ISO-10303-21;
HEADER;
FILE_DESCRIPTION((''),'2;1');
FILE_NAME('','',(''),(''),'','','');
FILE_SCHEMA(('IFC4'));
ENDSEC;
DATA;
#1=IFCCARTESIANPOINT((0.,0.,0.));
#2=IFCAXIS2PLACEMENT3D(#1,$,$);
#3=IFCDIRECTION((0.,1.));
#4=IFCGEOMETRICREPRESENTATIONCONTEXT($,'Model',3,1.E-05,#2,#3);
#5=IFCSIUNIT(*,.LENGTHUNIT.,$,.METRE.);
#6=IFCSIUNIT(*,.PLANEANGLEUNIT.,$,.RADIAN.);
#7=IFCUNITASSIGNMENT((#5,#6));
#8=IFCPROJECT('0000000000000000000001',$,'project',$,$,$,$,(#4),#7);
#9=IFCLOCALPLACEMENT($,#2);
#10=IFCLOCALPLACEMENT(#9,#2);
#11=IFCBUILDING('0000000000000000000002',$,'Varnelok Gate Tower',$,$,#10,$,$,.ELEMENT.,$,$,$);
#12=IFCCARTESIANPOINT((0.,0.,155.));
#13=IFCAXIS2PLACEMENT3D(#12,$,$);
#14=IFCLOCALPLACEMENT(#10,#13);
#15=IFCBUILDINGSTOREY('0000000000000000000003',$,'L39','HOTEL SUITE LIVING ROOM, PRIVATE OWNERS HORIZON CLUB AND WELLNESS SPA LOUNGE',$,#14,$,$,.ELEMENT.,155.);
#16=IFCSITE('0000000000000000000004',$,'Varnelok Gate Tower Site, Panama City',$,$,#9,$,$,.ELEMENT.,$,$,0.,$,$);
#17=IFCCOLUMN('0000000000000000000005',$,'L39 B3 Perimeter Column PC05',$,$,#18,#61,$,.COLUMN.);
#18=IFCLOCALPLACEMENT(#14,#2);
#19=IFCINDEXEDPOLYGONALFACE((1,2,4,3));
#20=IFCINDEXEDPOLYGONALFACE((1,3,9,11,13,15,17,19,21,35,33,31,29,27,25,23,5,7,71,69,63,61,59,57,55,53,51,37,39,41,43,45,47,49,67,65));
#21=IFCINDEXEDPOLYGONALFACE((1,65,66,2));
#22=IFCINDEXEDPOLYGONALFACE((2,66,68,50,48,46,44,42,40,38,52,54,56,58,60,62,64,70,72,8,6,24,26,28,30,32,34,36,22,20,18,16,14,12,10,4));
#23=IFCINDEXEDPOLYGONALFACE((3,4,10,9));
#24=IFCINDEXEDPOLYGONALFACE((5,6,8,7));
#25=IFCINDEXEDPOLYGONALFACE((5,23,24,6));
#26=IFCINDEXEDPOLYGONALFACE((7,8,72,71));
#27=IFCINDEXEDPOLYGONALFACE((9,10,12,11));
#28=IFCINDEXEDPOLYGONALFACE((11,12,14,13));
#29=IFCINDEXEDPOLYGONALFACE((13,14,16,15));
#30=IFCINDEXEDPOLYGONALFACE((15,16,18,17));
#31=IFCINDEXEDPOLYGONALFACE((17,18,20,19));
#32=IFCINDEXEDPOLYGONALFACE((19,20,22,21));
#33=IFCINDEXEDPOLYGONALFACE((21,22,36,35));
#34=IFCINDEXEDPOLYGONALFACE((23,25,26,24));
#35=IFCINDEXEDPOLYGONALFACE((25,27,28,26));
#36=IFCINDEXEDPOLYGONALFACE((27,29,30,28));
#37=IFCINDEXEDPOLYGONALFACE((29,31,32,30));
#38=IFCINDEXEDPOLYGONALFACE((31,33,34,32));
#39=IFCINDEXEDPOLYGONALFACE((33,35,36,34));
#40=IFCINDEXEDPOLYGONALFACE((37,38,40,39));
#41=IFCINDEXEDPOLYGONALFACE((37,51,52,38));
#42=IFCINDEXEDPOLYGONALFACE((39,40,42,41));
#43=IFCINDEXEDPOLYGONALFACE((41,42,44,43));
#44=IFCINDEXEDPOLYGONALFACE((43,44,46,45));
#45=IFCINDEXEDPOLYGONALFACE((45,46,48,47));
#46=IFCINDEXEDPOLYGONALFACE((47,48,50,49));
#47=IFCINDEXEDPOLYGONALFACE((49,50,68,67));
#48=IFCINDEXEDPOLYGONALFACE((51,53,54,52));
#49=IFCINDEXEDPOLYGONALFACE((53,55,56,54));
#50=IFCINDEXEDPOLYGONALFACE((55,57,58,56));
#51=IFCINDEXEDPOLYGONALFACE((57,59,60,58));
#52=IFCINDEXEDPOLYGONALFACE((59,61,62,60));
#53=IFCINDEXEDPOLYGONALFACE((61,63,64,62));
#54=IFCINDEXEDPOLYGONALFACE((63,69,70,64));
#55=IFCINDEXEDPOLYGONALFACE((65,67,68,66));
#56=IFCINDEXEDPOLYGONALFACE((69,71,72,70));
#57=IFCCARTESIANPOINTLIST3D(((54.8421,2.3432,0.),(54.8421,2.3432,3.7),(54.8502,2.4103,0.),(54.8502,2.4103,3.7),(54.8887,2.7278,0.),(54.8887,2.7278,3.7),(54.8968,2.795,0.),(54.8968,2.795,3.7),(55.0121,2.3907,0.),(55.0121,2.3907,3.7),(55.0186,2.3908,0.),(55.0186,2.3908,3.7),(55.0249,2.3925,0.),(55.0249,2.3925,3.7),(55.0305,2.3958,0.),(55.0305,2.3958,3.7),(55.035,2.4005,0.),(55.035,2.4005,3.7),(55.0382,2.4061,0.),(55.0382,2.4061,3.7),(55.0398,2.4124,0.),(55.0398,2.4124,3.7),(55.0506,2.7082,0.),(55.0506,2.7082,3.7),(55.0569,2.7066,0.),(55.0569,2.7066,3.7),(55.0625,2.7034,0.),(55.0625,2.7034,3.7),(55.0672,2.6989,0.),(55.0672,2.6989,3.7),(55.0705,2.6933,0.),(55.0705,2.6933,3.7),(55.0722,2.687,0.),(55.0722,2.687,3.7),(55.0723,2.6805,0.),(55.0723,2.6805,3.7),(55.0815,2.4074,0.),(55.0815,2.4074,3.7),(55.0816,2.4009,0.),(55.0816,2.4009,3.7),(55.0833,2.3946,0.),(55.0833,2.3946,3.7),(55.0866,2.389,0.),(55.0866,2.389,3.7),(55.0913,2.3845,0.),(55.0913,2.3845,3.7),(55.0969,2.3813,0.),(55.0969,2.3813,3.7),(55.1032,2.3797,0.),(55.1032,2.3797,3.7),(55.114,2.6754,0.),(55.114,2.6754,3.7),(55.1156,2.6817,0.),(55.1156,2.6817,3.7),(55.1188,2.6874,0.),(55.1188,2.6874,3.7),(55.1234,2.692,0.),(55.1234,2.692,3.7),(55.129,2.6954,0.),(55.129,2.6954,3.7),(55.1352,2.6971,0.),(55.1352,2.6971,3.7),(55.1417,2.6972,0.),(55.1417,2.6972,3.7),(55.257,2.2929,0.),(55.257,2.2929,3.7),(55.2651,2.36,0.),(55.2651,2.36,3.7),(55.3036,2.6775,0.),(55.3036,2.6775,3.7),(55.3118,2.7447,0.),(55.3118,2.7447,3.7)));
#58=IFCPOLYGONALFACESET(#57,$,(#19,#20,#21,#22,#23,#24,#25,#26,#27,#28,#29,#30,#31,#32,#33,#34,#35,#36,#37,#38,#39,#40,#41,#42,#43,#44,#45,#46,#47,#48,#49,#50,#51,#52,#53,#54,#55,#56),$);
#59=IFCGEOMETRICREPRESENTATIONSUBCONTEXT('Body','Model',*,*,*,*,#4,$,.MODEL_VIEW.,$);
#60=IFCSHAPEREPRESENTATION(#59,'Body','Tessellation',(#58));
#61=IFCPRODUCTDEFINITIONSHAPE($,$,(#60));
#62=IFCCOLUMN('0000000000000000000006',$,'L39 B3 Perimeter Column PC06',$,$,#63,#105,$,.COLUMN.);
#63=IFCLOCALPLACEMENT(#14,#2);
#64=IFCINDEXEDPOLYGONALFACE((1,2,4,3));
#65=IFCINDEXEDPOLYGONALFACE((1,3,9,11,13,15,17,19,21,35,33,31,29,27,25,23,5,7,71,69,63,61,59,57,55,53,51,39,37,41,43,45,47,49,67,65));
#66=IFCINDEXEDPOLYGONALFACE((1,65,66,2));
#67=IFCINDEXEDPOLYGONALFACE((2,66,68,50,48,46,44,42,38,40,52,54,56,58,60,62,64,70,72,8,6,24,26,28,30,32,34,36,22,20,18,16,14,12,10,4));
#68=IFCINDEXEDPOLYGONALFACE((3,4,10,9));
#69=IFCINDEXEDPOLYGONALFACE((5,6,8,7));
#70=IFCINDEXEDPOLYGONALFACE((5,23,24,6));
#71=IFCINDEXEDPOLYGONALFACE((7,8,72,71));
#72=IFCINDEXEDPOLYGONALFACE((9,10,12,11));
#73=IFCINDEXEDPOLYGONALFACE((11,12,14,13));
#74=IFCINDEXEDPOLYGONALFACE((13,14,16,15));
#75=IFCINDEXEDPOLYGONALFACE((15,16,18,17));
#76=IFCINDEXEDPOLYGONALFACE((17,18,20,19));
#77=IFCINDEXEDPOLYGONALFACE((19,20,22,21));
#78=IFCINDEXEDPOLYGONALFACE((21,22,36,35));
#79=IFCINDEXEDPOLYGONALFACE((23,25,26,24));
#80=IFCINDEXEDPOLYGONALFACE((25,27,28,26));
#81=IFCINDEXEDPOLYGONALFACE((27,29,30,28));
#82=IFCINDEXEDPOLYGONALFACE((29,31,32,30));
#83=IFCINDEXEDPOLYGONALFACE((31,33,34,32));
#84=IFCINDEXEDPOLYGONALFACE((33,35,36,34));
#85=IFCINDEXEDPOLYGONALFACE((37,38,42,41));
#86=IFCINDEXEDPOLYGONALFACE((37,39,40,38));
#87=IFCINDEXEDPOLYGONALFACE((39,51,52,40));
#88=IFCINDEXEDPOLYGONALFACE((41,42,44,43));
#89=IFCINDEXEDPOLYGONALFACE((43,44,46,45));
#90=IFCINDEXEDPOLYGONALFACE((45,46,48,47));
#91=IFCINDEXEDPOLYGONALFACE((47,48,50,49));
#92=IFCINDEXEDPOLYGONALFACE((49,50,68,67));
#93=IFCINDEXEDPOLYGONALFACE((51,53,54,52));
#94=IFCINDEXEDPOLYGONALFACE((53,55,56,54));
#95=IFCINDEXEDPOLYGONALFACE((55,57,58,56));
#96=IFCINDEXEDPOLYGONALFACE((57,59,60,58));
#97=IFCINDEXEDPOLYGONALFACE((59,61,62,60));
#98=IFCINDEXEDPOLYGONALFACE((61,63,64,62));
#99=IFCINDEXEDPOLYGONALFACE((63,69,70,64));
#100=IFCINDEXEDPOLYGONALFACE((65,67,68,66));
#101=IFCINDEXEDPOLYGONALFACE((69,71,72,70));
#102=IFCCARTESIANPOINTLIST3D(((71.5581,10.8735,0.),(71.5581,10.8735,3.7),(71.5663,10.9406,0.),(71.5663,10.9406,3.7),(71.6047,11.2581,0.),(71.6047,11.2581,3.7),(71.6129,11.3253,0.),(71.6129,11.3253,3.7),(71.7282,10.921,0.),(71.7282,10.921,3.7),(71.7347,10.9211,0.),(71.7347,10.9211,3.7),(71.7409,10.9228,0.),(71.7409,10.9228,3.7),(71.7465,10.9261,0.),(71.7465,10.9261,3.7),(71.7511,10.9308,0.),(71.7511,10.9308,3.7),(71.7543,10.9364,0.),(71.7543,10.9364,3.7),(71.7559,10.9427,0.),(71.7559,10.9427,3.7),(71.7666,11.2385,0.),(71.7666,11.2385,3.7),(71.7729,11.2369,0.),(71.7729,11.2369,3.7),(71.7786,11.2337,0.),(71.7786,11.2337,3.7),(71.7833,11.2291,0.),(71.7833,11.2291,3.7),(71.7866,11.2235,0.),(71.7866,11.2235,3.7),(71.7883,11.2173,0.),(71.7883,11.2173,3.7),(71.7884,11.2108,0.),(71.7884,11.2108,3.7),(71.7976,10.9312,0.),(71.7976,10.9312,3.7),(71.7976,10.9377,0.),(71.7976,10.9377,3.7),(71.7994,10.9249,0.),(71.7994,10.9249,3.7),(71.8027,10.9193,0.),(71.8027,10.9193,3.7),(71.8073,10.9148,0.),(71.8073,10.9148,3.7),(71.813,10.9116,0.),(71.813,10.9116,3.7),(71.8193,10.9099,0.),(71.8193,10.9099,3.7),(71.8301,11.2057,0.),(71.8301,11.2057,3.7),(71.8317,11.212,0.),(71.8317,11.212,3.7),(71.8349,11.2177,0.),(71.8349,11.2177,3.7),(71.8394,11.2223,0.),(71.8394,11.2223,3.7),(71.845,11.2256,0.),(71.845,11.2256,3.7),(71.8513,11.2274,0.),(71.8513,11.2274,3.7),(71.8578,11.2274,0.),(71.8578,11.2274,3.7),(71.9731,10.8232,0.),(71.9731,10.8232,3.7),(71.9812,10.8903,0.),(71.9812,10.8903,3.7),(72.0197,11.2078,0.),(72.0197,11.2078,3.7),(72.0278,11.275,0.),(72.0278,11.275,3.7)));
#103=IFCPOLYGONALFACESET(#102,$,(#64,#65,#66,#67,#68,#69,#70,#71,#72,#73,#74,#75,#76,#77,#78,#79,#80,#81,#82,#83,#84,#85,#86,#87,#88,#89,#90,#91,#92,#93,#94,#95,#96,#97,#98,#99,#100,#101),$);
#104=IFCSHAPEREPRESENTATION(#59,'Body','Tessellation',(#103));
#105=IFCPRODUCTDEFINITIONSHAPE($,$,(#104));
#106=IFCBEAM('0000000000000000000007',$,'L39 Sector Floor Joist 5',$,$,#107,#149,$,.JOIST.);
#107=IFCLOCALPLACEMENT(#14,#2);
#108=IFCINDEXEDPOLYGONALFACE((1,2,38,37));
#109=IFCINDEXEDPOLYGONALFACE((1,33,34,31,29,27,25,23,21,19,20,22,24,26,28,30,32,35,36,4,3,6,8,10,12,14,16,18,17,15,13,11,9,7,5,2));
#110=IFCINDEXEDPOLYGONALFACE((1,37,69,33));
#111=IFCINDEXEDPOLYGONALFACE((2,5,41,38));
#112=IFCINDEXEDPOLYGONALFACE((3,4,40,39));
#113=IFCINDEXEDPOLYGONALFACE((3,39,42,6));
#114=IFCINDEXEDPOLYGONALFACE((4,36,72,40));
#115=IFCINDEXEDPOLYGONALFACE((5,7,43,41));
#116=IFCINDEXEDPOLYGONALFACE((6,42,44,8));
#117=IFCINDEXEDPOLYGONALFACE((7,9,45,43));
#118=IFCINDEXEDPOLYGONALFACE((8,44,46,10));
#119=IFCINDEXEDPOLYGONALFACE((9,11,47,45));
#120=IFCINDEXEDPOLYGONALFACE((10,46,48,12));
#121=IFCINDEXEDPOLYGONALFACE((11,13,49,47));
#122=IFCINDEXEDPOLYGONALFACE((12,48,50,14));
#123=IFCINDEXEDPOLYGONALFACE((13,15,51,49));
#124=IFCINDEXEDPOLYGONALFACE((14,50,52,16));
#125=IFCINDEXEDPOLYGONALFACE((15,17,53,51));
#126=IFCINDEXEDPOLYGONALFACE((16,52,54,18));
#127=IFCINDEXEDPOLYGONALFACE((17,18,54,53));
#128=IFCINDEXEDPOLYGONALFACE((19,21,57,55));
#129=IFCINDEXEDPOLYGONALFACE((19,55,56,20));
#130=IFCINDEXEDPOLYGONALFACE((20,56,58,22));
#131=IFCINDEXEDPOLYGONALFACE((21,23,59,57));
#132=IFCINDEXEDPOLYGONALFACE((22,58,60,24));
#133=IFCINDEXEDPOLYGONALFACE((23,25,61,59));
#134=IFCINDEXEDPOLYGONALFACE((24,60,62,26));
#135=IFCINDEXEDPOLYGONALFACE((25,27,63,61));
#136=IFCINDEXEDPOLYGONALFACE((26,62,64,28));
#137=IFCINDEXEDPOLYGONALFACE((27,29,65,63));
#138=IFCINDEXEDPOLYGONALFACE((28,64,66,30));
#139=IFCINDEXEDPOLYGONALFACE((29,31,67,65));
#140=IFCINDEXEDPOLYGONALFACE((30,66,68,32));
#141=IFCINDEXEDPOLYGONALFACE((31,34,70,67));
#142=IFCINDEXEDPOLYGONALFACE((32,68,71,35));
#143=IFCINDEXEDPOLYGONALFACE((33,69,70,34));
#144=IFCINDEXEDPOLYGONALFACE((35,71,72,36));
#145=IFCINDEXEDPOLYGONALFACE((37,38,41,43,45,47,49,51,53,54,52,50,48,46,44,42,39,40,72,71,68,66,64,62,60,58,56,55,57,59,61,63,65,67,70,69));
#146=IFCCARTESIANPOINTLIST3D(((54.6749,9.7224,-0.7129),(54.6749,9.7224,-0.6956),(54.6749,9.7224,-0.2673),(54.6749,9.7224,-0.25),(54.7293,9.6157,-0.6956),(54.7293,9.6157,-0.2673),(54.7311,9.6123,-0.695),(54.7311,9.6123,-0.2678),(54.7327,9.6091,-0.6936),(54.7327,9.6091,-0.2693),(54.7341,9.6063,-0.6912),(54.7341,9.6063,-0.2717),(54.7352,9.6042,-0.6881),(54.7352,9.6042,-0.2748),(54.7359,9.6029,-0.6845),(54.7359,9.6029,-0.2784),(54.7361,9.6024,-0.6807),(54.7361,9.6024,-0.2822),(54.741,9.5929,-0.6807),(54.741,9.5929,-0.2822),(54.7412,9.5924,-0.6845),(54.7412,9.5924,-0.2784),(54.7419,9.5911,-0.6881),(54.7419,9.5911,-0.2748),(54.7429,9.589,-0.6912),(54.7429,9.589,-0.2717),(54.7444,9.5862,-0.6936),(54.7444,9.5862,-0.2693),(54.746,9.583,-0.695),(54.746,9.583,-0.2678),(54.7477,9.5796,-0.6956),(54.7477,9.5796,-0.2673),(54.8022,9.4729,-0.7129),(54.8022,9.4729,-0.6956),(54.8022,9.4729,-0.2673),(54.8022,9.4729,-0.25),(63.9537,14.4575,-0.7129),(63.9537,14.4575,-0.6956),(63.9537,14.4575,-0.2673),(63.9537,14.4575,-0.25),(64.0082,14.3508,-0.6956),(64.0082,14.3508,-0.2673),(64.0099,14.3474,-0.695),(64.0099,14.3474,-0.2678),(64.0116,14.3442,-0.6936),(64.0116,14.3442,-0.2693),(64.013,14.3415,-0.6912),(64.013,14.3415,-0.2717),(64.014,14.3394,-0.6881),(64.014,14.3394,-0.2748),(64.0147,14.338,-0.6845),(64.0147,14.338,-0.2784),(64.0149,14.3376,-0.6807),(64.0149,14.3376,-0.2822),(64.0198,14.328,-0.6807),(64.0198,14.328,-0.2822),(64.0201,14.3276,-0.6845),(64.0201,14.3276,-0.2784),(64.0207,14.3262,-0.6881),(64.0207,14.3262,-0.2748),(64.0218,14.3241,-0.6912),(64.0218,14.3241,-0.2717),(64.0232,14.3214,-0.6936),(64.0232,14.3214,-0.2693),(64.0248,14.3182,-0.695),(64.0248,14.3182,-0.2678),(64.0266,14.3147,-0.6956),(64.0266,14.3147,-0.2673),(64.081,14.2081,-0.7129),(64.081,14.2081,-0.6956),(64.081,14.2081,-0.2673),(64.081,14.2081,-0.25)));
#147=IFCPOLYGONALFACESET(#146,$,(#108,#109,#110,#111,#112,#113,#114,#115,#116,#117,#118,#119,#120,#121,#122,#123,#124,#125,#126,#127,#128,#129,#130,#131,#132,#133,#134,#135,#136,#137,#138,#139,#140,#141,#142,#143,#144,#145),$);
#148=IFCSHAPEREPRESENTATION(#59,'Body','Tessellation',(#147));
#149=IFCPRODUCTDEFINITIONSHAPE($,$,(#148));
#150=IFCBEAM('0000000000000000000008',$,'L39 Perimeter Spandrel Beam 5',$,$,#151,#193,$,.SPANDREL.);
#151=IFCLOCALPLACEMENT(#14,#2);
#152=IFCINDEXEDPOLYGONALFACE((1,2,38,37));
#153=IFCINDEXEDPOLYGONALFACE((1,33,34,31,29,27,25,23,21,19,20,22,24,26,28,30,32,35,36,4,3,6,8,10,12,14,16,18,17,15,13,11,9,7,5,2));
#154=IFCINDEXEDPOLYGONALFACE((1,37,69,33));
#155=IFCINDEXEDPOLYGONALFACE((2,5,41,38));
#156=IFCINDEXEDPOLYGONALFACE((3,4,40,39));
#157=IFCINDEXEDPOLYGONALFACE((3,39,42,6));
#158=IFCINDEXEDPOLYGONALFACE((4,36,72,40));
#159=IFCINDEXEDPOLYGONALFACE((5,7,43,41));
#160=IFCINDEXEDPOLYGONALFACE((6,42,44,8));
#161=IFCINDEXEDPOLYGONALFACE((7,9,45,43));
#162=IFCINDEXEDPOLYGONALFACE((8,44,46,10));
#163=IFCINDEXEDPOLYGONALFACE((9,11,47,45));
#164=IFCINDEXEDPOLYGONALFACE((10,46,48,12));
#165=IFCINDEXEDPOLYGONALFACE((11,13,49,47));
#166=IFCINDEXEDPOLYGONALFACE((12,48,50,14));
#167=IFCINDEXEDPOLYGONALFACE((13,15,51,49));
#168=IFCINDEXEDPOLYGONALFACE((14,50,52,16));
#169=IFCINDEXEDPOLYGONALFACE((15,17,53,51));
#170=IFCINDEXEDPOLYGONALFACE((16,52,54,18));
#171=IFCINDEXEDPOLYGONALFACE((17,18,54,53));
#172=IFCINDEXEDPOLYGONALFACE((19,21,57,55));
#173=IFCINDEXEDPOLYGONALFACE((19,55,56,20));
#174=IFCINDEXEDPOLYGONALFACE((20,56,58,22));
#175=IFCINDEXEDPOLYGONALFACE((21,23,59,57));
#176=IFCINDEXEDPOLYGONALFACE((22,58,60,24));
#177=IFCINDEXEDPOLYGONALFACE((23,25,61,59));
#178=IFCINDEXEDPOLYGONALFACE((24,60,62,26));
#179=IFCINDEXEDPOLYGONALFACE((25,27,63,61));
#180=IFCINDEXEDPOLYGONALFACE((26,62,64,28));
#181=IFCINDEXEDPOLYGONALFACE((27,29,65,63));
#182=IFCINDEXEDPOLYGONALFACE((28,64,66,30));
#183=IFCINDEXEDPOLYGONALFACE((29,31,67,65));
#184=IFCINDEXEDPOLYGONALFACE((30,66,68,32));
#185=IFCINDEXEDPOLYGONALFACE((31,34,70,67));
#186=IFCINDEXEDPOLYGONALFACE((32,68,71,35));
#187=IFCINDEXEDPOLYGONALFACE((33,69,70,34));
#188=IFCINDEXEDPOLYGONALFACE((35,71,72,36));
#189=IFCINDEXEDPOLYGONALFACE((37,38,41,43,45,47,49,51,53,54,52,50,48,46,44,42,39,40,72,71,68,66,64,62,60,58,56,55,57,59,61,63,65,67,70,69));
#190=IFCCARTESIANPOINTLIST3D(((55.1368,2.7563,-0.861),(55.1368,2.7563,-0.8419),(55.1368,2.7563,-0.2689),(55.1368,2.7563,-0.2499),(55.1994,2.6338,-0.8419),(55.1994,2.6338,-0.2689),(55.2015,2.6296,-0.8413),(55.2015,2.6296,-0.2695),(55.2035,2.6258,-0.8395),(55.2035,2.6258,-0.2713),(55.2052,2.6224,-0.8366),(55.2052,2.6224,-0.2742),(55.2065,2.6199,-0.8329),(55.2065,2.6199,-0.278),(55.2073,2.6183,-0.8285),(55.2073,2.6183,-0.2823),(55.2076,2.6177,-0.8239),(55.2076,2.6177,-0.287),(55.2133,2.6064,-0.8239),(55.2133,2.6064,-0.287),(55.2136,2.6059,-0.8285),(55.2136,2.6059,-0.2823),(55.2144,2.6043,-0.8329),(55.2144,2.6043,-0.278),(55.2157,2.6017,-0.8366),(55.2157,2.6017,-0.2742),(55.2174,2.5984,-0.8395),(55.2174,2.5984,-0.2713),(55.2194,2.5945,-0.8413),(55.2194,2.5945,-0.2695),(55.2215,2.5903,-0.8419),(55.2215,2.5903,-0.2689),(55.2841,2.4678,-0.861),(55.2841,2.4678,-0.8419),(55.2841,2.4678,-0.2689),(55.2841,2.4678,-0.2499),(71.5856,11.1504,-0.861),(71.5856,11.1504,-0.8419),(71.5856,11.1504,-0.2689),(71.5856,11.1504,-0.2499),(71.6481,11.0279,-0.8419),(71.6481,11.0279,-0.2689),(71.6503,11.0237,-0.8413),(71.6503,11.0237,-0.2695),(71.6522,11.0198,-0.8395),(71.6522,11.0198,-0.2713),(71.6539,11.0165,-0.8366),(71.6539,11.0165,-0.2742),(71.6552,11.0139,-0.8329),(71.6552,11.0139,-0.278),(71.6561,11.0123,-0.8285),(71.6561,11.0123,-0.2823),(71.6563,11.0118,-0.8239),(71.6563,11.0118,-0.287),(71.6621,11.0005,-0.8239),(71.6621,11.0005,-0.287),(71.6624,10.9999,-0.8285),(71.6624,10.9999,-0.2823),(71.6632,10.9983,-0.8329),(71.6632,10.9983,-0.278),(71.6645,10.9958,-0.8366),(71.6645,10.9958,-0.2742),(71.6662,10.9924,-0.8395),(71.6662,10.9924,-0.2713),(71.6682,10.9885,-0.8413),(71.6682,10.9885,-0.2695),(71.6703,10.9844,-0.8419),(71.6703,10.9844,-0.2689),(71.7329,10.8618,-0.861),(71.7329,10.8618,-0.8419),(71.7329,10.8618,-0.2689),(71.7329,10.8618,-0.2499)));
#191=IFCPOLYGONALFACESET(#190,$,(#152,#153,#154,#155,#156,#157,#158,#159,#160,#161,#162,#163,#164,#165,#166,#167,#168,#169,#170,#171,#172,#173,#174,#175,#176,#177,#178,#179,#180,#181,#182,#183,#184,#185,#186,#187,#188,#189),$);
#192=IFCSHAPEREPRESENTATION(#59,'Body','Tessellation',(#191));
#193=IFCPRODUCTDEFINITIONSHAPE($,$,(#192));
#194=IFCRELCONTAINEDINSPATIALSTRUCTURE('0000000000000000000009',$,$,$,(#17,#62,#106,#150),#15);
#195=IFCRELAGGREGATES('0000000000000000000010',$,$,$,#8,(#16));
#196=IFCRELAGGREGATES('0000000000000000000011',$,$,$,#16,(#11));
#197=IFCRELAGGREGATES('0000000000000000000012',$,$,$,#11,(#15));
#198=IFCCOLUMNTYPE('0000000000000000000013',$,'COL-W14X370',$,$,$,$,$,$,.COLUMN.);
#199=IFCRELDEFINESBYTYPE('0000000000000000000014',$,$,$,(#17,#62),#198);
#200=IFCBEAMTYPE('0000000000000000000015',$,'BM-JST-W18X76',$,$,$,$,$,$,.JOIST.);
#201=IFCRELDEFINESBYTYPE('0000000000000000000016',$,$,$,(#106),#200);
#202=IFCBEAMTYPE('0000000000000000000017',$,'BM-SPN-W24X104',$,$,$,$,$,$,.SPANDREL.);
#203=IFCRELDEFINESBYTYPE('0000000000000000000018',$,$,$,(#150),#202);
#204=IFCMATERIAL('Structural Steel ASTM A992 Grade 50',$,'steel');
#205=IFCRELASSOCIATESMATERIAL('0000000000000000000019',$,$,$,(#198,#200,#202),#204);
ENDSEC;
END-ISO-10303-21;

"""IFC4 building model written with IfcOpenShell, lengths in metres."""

from ifc_helpers import new_model, si_unit, direction, frame, origin, origin_2d, place, context, subcontext, project, spatial, i_section, extrude, material, material_profile, profile_set, type_object, element, save


model = new_model("IFC4")

# Units and contexts
model_context = context("Model", 3, precision=1e-05, world=origin(), true_north=direction((0.0, 1.0)))
body_context = subcontext(model_context, "Body", "Model", "MODEL_VIEW")
ifc_project = project(units=[si_unit("LENGTHUNIT", "METRE"), si_unit("PLANEANGLEUNIT", "RADIAN")], contexts=[model_context])

# Site, building, storey
site_placement = place(None, origin())
site = spatial("IfcSite", under=ifc_project, at=site_placement, Name="Varnelok Gate Tower Site, Panama City", CompositionType="ELEMENT", RefElevation=0.0)
building_placement = place(site_placement, origin())
building = spatial("IfcBuilding", under=site, at=building_placement, Name="Varnelok Gate Tower", CompositionType="ELEMENT")
storey_placement = place(building_placement, frame((0.0, 0.0, 155.0)))
storey = spatial("IfcBuildingStorey", under=building, at=storey_placement, Name="L39", Description="HOTEL SUITE LIVING ROOM, PRIVATE OWNERS HORIZON CLUB AND WELLNESS SPA LOUNGE", CompositionType="ELEMENT", Elevation=155.0)

# Columns
ifc_material_1 = material(Name="Structural Steel ASTM A992 Grade 50", Category="steel")
ifc_material_profile_1 = material_profile(ifc_material_1, i_section(OverallWidth=0.418, OverallDepth=0.4551, WebThickness=0.042, FlangeThickness=0.0676, FilletRadius=0.0249, at=origin_2d()), Name="W14X370")
ifc_profile_set_1 = profile_set([ifc_material_profile_1], Name="Structural Steel ASTM A992 Grade 50")
column_type = type_object("IfcColumnType", Name="COL-W14X370", PredefinedType="COLUMN", material=ifc_profile_set_1)
for number, where, z_axis, x_axis, name in (
    (1, (55.0769, 2.5439, 0.0), (0.0, 0.0, 1.0), (0.992732, -0.120345, 0.0), "L39 B3 Perimeter Column PC05"),
    (2, (71.793, 11.0742, 0.0), (0.0, 0.0, 1.0), (0.992732, -0.120345, 0.0), "L39 B3 Perimeter Column PC06"),
):
    element("IfcColumn", number, at=place(storey_placement, frame(where, z_axis=z_axis, x_axis=x_axis)), inside=storey, type_object=column_type, Name=name, PredefinedType="COLUMN", context=body_context, shape_type="SweptSolid", body=[
        extrude(i_section(OverallWidth=0.418, OverallDepth=0.4551, WebThickness=0.042, FlangeThickness=0.0676, FilletRadius=0.0249, at=origin_2d()), origin(), (0.0, 0.0, 1.0), 3.7),
    ])

# Beams
ifc_material_profile_2 = material_profile(ifc_material_1, i_section(OverallWidth=0.28, OverallDepth=0.4629, WebThickness=0.0107, FlangeThickness=0.0173, FilletRadius=0.0149, at=origin_2d()), Name="W18X76")
ifc_profile_set_2 = profile_set([ifc_material_profile_2], Name="Structural Steel ASTM A992 Grade 50")
beam_type_1 = type_object("IfcBeamType", Name="BM-JST-W18X76", PredefinedType="JOIST", material=ifc_profile_set_2)
beam_1_placement = place(storey_placement, frame((54.7385, 9.5977, -0.4814), z_axis=(0.890722, 0.454548, 0.0), x_axis=(-0.454548, 0.890722, 0.0)))
element("IfcBeam", 3, at=beam_1_placement, inside=storey, type_object=beam_type_1, Name="L39 Sector Floor Joist 5", PredefinedType="JOIST", context=body_context, shape_type="SweptSolid", body=[
    extrude(i_section(OverallWidth=0.28, OverallDepth=0.4629, WebThickness=0.0107, FlangeThickness=0.0173, FilletRadius=0.0149, at=origin_2d()), origin(), (0.0, 0.0, 1.0), 10.4172),
])
ifc_material_profile_3 = material_profile(ifc_material_1, i_section(OverallWidth=0.324, OverallDepth=0.6111, WebThickness=0.0127, FlangeThickness=0.019, FilletRadius=0.0181, at=origin_2d()), Name="W24X104")
ifc_profile_set_3 = profile_set([ifc_material_profile_3], Name="Structural Steel ASTM A992 Grade 50")
beam_type_2 = type_object("IfcBeamType", Name="BM-SPN-W24X104", PredefinedType="SPANDREL", material=ifc_profile_set_3)
beam_2_placement = place(storey_placement, frame((55.2104, 2.6121, -0.5554), z_axis=(0.890722, 0.454549, 0.0), x_axis=(-0.454549, 0.890722, 0.0)))
element("IfcBeam", 4, at=beam_2_placement, inside=storey, type_object=beam_type_2, Name="L39 Perimeter Spandrel Beam 5", PredefinedType="SPANDREL", context=body_context, shape_type="SweptSolid", body=[
    extrude(i_section(OverallWidth=0.324, OverallDepth=0.6111, WebThickness=0.0127, FlangeThickness=0.019, FilletRadius=0.0181, at=origin_2d()), origin(), (0.0, 0.0, 1.0), 18.4668),
])

save(model, "model.ifc")
